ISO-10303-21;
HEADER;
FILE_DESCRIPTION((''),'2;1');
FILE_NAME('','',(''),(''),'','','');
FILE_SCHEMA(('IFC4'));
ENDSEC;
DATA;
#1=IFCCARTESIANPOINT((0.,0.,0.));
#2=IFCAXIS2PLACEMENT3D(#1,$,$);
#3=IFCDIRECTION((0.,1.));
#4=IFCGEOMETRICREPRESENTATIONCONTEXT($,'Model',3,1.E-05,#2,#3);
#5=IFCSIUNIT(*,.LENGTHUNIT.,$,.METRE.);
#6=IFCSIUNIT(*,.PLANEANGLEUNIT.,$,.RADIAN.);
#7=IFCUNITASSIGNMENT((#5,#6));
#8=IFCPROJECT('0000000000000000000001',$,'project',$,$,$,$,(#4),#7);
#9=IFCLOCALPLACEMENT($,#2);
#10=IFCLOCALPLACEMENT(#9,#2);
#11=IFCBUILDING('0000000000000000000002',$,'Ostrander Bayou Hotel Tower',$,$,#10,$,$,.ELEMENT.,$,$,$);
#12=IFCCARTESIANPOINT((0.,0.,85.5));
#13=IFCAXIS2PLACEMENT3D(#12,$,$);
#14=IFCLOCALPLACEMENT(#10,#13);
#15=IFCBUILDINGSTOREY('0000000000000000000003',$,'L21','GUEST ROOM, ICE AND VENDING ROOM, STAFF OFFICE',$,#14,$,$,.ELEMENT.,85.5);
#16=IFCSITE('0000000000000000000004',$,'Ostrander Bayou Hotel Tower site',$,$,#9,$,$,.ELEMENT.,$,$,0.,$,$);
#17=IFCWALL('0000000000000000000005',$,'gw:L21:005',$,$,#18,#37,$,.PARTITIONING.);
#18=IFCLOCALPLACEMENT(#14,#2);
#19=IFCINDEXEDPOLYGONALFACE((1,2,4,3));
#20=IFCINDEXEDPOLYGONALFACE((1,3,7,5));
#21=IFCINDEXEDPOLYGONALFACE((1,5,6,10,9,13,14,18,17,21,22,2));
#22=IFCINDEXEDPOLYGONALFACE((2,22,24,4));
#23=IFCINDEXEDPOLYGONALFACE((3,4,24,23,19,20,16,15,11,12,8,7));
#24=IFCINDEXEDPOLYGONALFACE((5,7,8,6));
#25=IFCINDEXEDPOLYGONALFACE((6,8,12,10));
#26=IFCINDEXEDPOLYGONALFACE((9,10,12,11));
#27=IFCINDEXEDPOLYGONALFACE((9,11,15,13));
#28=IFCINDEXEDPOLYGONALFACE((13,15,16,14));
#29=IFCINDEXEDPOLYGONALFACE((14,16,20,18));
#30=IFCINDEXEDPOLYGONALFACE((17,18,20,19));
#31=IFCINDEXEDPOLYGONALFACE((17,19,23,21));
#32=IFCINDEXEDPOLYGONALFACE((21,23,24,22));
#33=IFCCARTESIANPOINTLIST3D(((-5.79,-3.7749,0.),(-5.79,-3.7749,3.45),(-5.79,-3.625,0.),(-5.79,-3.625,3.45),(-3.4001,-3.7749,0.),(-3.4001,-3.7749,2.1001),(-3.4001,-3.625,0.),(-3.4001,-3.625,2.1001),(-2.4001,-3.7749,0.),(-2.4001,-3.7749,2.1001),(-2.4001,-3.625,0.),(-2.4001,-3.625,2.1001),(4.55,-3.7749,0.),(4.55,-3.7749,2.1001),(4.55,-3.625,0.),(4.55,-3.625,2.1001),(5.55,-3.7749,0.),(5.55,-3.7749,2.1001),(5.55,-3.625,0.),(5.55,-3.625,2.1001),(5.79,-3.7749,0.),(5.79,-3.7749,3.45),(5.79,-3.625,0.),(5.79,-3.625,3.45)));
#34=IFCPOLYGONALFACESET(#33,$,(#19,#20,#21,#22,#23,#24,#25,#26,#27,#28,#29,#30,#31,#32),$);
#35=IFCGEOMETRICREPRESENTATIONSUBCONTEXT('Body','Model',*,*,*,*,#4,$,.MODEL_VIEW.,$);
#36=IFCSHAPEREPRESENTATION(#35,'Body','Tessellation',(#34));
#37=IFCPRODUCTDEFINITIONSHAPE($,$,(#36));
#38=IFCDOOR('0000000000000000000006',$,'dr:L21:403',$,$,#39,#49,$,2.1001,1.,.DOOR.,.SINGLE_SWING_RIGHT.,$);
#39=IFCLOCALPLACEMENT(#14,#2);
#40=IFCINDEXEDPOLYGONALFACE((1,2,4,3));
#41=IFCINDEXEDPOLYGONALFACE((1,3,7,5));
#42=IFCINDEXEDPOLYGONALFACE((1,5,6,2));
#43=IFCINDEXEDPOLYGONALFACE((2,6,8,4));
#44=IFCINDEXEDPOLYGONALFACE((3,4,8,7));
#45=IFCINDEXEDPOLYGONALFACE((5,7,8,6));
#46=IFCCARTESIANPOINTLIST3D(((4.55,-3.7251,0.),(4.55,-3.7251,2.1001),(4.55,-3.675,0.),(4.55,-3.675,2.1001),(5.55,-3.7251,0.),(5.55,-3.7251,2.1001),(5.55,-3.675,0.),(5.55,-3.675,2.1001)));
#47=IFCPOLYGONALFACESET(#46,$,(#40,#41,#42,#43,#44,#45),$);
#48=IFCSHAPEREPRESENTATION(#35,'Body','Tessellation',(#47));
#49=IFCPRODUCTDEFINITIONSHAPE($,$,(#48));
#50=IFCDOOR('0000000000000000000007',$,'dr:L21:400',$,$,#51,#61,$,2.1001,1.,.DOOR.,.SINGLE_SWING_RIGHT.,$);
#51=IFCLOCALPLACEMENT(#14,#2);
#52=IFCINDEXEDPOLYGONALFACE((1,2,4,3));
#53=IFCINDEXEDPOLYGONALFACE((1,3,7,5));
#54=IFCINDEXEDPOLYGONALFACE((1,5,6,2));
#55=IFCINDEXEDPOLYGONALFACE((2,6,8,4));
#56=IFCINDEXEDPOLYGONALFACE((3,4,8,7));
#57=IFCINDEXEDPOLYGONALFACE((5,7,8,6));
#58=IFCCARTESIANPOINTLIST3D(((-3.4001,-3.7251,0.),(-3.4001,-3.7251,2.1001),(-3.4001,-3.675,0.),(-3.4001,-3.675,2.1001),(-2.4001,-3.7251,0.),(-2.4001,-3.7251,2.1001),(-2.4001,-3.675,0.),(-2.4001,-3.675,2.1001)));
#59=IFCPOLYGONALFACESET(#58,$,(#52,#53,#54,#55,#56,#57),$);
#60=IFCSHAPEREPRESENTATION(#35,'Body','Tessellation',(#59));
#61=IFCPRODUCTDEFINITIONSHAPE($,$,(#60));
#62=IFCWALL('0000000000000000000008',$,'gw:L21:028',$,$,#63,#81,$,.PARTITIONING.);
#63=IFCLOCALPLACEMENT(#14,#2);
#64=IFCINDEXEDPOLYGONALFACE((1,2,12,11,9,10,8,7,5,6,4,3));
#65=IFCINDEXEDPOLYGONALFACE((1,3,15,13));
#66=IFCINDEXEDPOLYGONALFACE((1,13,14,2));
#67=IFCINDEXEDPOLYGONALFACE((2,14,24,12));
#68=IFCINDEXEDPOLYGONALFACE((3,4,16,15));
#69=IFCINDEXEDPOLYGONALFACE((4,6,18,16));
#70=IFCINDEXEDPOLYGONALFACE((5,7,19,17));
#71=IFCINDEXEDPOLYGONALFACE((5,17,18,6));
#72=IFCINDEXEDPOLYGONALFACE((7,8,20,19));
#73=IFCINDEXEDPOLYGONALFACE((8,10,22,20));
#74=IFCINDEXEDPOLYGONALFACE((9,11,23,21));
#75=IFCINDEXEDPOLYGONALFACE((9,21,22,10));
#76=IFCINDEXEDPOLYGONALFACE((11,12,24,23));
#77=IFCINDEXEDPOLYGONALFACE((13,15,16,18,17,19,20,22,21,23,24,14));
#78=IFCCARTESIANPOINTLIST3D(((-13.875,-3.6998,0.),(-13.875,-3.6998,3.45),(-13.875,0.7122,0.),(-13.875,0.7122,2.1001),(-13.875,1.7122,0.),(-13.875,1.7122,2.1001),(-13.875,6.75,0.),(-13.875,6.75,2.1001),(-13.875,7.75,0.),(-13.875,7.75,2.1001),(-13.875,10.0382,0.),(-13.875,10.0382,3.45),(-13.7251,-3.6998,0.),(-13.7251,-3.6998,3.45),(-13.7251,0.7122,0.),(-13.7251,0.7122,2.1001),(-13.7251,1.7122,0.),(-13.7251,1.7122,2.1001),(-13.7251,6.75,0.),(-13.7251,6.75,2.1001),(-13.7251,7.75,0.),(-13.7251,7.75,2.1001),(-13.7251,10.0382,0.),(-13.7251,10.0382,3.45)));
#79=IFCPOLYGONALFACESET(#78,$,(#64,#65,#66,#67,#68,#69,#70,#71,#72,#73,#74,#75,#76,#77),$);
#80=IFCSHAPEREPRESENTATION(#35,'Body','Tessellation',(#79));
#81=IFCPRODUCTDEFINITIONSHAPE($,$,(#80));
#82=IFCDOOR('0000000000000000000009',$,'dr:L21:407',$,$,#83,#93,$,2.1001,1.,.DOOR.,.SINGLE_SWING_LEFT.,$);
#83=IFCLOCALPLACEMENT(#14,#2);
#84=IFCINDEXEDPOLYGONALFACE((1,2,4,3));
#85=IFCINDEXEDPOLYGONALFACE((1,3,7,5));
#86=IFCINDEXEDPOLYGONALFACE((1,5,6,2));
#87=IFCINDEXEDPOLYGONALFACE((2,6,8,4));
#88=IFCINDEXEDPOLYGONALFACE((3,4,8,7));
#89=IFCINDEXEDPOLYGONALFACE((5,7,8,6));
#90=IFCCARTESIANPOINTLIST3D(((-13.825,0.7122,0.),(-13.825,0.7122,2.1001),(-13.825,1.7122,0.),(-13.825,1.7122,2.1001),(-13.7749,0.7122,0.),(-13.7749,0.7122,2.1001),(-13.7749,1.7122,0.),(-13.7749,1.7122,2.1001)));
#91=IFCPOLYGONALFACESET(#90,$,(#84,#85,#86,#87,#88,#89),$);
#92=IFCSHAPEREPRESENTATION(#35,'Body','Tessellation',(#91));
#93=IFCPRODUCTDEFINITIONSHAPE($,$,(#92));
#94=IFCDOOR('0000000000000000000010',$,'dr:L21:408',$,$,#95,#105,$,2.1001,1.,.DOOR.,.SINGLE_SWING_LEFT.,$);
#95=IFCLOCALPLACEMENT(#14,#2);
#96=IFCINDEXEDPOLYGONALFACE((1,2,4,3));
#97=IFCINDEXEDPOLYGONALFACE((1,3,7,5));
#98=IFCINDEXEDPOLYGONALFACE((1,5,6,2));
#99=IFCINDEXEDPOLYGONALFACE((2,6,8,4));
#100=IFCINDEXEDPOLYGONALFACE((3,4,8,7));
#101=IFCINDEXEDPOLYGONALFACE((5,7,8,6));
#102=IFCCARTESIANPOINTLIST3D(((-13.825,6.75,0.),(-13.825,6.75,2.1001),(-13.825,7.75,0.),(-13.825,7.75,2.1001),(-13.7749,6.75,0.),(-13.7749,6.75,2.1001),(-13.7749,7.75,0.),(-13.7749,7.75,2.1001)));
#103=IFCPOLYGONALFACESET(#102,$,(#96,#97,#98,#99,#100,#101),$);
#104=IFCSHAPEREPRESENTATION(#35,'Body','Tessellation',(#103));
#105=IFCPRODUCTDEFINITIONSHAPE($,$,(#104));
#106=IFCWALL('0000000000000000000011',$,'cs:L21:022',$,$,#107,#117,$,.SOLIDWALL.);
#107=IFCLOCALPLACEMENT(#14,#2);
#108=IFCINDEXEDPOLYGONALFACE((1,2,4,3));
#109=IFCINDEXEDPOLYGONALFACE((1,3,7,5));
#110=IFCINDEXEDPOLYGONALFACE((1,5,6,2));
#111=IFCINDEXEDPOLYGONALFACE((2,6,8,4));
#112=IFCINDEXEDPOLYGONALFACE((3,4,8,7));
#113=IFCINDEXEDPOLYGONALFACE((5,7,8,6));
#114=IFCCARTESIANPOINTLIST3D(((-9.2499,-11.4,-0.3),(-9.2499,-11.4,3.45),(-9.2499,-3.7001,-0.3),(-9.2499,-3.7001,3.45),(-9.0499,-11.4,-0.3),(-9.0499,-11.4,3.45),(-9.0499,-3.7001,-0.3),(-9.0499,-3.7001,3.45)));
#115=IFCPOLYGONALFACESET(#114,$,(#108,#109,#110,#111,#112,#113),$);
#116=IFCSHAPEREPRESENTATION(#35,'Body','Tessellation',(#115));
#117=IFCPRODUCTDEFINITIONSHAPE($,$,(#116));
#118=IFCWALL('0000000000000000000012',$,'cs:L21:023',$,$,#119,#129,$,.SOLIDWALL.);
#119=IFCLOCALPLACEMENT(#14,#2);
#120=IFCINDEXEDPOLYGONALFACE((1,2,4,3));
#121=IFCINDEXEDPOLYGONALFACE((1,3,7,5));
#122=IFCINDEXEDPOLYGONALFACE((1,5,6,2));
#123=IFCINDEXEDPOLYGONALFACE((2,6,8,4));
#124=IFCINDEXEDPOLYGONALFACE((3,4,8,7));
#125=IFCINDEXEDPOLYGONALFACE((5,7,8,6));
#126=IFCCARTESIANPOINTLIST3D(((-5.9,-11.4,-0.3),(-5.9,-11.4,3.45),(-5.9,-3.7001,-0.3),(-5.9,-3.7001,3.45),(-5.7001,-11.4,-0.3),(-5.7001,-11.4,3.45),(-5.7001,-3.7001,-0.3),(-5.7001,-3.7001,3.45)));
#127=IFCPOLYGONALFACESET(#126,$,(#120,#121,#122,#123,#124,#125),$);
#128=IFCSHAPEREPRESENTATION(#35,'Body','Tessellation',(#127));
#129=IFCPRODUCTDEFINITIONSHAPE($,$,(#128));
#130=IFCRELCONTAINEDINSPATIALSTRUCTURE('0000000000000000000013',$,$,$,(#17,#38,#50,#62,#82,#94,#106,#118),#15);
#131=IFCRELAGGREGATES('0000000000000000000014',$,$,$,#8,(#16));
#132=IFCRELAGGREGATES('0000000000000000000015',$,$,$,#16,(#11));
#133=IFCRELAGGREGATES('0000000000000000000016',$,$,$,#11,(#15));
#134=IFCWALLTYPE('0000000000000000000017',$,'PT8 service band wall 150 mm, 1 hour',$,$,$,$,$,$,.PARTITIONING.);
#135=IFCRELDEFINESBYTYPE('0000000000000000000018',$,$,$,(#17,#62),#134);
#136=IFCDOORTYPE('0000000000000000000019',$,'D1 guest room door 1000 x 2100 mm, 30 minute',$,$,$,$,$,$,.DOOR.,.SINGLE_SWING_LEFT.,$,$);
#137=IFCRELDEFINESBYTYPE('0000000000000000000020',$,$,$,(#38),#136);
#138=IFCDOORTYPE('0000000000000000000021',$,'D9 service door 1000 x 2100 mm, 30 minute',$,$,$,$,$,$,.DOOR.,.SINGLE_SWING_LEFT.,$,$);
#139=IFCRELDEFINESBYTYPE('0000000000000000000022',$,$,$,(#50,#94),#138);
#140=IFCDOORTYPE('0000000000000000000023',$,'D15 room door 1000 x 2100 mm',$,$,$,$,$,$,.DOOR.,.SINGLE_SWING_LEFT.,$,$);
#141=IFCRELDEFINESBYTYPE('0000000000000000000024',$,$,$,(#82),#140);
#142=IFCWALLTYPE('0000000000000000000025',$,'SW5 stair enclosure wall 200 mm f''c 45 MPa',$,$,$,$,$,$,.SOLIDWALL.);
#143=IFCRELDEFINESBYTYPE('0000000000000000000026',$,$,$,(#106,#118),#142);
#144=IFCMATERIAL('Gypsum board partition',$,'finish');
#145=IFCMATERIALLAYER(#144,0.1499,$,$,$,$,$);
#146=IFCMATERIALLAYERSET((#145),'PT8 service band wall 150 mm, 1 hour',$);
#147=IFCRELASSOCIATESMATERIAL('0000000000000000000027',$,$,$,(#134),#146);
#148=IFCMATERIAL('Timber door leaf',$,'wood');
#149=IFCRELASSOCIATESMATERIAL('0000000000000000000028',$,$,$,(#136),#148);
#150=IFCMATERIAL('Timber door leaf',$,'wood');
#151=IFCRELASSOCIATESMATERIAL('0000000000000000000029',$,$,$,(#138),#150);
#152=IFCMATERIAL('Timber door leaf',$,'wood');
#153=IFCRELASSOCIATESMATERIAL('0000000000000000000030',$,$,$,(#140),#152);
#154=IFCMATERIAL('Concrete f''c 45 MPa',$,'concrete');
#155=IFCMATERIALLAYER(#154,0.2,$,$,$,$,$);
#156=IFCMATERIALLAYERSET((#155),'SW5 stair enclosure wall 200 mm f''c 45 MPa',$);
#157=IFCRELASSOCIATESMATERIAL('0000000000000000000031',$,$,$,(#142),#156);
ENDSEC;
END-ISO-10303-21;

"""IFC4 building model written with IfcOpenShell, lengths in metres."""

from ifc_helpers import new_model, si_unit, direction, frame, frame_2d, origin, place, context, subcontext, project, spatial, rectangle, extrude, material, layer, layer_set, type_object, element, fill, save


model = new_model("IFC4")

# Units and contexts
model_context = context("Model", 3, precision=1e-05, world=origin(), true_north=direction((0.0, 1.0)))
body_context = subcontext(model_context, "Body", "Model", "MODEL_VIEW")
ifc_project = project(units=[si_unit("LENGTHUNIT", "METRE"), si_unit("PLANEANGLEUNIT", "RADIAN")], contexts=[model_context])

# Site, building, storey
site_placement = place(None, origin())
site = spatial("IfcSite", under=ifc_project, at=site_placement, Name="Ostrander Bayou Hotel Tower site", CompositionType="ELEMENT", RefElevation=0.0)
building_placement = place(site_placement, origin())
building = spatial("IfcBuilding", under=site, at=building_placement, Name="Ostrander Bayou Hotel Tower", CompositionType="ELEMENT")
storey_placement = place(building_placement, frame((0.0, 0.0, 85.5)))
storey = spatial("IfcBuildingStorey", under=building, at=storey_placement, Name="L21", Description="GUEST ROOM, ICE AND VENDING ROOM, STAFF OFFICE", CompositionType="ELEMENT", Elevation=85.5)

# Walls, openings, doors
ifc_material_1 = material(Name="Gypsum board partition", Category="finish")
ifc_layer_1 = layer(ifc_material_1, 0.1499)
ifc_layer_set_1 = layer_set([ifc_layer_1], Name="PT8 service band wall 150 mm, 1 hour")
wall_type_1 = type_object("IfcWallType", Name="PT8 service band wall 150 mm, 1 hour", PredefinedType="PARTITIONING", material=ifc_layer_set_1)
wall_1_placement = place(storey_placement, frame((-5.79, -3.7, 0.0), z_axis=(0.0, 0.0, 1.0), x_axis=(1.0, 0.0, 0.0)))
wall_1 = element("IfcWall", 1, at=wall_1_placement, inside=storey, type_object=wall_type_1, Name="gw:L21:005", PredefinedType="PARTITIONING", context=body_context, shape_type="SweptSolid", body=[
    extrude(rectangle(XDim=11.5801, YDim=0.1499, at=frame_2d((5.79, 0.0))), origin(), (0.0, 0.0, 1.0), 3.45),
])
opening_1_placement = place(wall_1_placement, frame((2.3899, 0.0, 0.0)))
opening_1 = element("IfcOpeningElement", 2, at=opening_1_placement, cuts=wall_1, PredefinedType="OPENING", context=body_context, shape_type="SweptSolid", body=[
    extrude(rectangle(XDim=1.0, YDim=2.1001, at=frame_2d((0.5, 1.05))), frame((0.0, 0.075, 0.0), z_axis=(0.0, -1.0, 0.0), x_axis=(1.0, 0.0, 0.0)), (0.0, 0.0, 1.0), 0.1499),
])
opening_2_placement = place(wall_1_placement, frame((10.3401, 0.0, 0.0)))
opening_2 = element("IfcOpeningElement", 3, at=opening_2_placement, cuts=wall_1, PredefinedType="OPENING", context=body_context, shape_type="SweptSolid", body=[
    extrude(rectangle(XDim=1.0, YDim=2.1001, at=frame_2d((0.5, 1.05))), frame((0.0, 0.075, 0.0), z_axis=(0.0, -1.0, 0.0), x_axis=(1.0, 0.0, 0.0)), (0.0, 0.0, 1.0), 0.1499),
])
ifc_material_2 = material(Name="Timber door leaf", Category="wood")
door_type_1 = type_object("IfcDoorType", Name="D1 guest room door 1000 x 2100 mm, 30 minute", OperationType="SINGLE_SWING_LEFT", PredefinedType="DOOR", material=ifc_material_2)
door_1_placement = place(opening_2_placement, origin())
door_1 = element("IfcDoor", 4, at=door_1_placement, inside=storey, type_object=door_type_1, Name="dr:L21:403", OperationType="SINGLE_SWING_RIGHT", OverallHeight=2.1001, OverallWidth=1.0, PredefinedType="DOOR", context=body_context, shape_type="SweptSolid", body=[
    extrude(rectangle(XDim=1.0, YDim=2.1001, at=frame_2d((0.5, 1.05))), frame((0.0, 0.0249, 0.0), z_axis=(0.0, -1.0, 0.0), x_axis=(1.0, 0.0, 0.0)), (0.0, 0.0, 1.0), 0.05),
])
fill(opening_2, door_1)
ifc_material_3 = material(Name="Timber door leaf", Category="wood")
door_type_2 = type_object("IfcDoorType", Name="D9 service door 1000 x 2100 mm, 30 minute", OperationType="SINGLE_SWING_LEFT", PredefinedType="DOOR", material=ifc_material_3)
door_2_placement = place(opening_1_placement, origin())
door_2 = element("IfcDoor", 5, at=door_2_placement, inside=storey, type_object=door_type_2, Name="dr:L21:400", OperationType="SINGLE_SWING_RIGHT", OverallHeight=2.1001, OverallWidth=1.0, PredefinedType="DOOR", context=body_context, shape_type="SweptSolid", body=[
    extrude(rectangle(XDim=1.0, YDim=2.1001, at=frame_2d((0.5, 1.05))), frame((0.0, 0.0249, 0.0), z_axis=(0.0, -1.0, 0.0), x_axis=(1.0, 0.0, 0.0)), (0.0, 0.0, 1.0), 0.05),
])
fill(opening_1, door_2)
wall_2_placement = place(storey_placement, frame((-13.8, -3.7, 0.0), z_axis=(0.0, 0.0, 1.0), x_axis=(0.0, 1.0, 0.0)))
wall_2 = element("IfcWall", 6, at=wall_2_placement, inside=storey, type_object=wall_type_1, Name="gw:L21:028", PredefinedType="PARTITIONING", context=body_context, shape_type="SweptSolid", body=[
    extrude(rectangle(XDim=13.738, YDim=0.1499, at=frame_2d((6.8691, 0.0))), origin(), (0.0, 0.0, 1.0), 3.45),
])
opening_3_placement = place(wall_2_placement, frame((4.4121, 0.0, 0.0)))
opening_3 = element("IfcOpeningElement", 7, at=opening_3_placement, cuts=wall_2, PredefinedType="OPENING", context=body_context, shape_type="SweptSolid", body=[
    extrude(rectangle(XDim=1.0, YDim=2.1001, at=frame_2d((0.5, 1.05))), frame((0.0, 0.075, 0.0), z_axis=(0.0, -1.0, 0.0), x_axis=(1.0, 0.0, 0.0)), (0.0, 0.0, 1.0), 0.1499),
])
opening_4_placement = place(wall_2_placement, frame((10.45, 0.0, 0.0)))
opening_4 = element("IfcOpeningElement", 8, at=opening_4_placement, cuts=wall_2, PredefinedType="OPENING", context=body_context, shape_type="SweptSolid", body=[
    extrude(rectangle(XDim=1.0, YDim=2.1001, at=frame_2d((0.5, 1.05))), frame((0.0, 0.075, 0.0), z_axis=(0.0, -1.0, 0.0), x_axis=(1.0, 0.0, 0.0)), (0.0, 0.0, 1.0), 0.1499),
])
ifc_material_4 = material(Name="Timber door leaf", Category="wood")
door_type_3 = type_object("IfcDoorType", Name="D15 room door 1000 x 2100 mm", OperationType="SINGLE_SWING_LEFT", PredefinedType="DOOR", material=ifc_material_4)
door_3_placement = place(opening_3_placement, origin())
door_3 = element("IfcDoor", 9, at=door_3_placement, inside=storey, type_object=door_type_3, Name="dr:L21:407", OperationType="SINGLE_SWING_LEFT", OverallHeight=2.1001, OverallWidth=1.0, PredefinedType="DOOR", context=body_context, shape_type="SweptSolid", body=[
    extrude(rectangle(XDim=1.0, YDim=2.1001, at=frame_2d((0.5, 1.05))), frame((0.0, 0.0249, 0.0), z_axis=(0.0, -1.0, 0.0), x_axis=(1.0, 0.0, 0.0)), (0.0, 0.0, 1.0), 0.05),
])
fill(opening_3, door_3)
door_4_placement = place(opening_4_placement, origin())
door_4 = element("IfcDoor", 10, at=door_4_placement, inside=storey, type_object=door_type_2, Name="dr:L21:408", OperationType="SINGLE_SWING_LEFT", OverallHeight=2.1001, OverallWidth=1.0, PredefinedType="DOOR", context=body_context, shape_type="SweptSolid", body=[
    extrude(rectangle(XDim=1.0, YDim=2.1001, at=frame_2d((0.5, 1.05))), frame((0.0, 0.0249, 0.0), z_axis=(0.0, -1.0, 0.0), x_axis=(1.0, 0.0, 0.0)), (0.0, 0.0, 1.0), 0.05),
])
fill(opening_4, door_4)

# Shared definitions
ifc_material_5 = material(Name="Concrete f'c 45 MPa", Category="concrete")
ifc_layer_2 = layer(ifc_material_5, 0.2)
ifc_layer_set_2 = layer_set([ifc_layer_2], Name="SW5 stair enclosure wall 200 mm f'c 45 MPa")
wall_type_2 = type_object("IfcWallType", Name="SW5 stair enclosure wall 200 mm f'c 45 MPa", PredefinedType="SOLIDWALL", material=ifc_layer_set_2)

# Walls
for number, where, z_axis, x_axis, name in (
    (11, (-9.1499, -3.7, -0.3), (0.0, 0.0, 1.0), (0.0, -1.0, 0.0), "cs:L21:022"),
    (12, (-5.8, -3.7, -0.3), (0.0, 0.0, 1.0), (0.0, -1.0, 0.0), "cs:L21:023"),
):
    element("IfcWall", number, at=place(storey_placement, frame(where, z_axis=z_axis, x_axis=x_axis)), inside=storey, type_object=wall_type_2, Name=name, PredefinedType="SOLIDWALL", context=body_context, shape_type="SweptSolid", body=[
        extrude(rectangle(XDim=7.7, YDim=0.2, at=frame_2d((3.8501, 0.0))), origin(), (0.0, 0.0, 1.0), 3.75),
    ])

save(model, "model.ifc")
